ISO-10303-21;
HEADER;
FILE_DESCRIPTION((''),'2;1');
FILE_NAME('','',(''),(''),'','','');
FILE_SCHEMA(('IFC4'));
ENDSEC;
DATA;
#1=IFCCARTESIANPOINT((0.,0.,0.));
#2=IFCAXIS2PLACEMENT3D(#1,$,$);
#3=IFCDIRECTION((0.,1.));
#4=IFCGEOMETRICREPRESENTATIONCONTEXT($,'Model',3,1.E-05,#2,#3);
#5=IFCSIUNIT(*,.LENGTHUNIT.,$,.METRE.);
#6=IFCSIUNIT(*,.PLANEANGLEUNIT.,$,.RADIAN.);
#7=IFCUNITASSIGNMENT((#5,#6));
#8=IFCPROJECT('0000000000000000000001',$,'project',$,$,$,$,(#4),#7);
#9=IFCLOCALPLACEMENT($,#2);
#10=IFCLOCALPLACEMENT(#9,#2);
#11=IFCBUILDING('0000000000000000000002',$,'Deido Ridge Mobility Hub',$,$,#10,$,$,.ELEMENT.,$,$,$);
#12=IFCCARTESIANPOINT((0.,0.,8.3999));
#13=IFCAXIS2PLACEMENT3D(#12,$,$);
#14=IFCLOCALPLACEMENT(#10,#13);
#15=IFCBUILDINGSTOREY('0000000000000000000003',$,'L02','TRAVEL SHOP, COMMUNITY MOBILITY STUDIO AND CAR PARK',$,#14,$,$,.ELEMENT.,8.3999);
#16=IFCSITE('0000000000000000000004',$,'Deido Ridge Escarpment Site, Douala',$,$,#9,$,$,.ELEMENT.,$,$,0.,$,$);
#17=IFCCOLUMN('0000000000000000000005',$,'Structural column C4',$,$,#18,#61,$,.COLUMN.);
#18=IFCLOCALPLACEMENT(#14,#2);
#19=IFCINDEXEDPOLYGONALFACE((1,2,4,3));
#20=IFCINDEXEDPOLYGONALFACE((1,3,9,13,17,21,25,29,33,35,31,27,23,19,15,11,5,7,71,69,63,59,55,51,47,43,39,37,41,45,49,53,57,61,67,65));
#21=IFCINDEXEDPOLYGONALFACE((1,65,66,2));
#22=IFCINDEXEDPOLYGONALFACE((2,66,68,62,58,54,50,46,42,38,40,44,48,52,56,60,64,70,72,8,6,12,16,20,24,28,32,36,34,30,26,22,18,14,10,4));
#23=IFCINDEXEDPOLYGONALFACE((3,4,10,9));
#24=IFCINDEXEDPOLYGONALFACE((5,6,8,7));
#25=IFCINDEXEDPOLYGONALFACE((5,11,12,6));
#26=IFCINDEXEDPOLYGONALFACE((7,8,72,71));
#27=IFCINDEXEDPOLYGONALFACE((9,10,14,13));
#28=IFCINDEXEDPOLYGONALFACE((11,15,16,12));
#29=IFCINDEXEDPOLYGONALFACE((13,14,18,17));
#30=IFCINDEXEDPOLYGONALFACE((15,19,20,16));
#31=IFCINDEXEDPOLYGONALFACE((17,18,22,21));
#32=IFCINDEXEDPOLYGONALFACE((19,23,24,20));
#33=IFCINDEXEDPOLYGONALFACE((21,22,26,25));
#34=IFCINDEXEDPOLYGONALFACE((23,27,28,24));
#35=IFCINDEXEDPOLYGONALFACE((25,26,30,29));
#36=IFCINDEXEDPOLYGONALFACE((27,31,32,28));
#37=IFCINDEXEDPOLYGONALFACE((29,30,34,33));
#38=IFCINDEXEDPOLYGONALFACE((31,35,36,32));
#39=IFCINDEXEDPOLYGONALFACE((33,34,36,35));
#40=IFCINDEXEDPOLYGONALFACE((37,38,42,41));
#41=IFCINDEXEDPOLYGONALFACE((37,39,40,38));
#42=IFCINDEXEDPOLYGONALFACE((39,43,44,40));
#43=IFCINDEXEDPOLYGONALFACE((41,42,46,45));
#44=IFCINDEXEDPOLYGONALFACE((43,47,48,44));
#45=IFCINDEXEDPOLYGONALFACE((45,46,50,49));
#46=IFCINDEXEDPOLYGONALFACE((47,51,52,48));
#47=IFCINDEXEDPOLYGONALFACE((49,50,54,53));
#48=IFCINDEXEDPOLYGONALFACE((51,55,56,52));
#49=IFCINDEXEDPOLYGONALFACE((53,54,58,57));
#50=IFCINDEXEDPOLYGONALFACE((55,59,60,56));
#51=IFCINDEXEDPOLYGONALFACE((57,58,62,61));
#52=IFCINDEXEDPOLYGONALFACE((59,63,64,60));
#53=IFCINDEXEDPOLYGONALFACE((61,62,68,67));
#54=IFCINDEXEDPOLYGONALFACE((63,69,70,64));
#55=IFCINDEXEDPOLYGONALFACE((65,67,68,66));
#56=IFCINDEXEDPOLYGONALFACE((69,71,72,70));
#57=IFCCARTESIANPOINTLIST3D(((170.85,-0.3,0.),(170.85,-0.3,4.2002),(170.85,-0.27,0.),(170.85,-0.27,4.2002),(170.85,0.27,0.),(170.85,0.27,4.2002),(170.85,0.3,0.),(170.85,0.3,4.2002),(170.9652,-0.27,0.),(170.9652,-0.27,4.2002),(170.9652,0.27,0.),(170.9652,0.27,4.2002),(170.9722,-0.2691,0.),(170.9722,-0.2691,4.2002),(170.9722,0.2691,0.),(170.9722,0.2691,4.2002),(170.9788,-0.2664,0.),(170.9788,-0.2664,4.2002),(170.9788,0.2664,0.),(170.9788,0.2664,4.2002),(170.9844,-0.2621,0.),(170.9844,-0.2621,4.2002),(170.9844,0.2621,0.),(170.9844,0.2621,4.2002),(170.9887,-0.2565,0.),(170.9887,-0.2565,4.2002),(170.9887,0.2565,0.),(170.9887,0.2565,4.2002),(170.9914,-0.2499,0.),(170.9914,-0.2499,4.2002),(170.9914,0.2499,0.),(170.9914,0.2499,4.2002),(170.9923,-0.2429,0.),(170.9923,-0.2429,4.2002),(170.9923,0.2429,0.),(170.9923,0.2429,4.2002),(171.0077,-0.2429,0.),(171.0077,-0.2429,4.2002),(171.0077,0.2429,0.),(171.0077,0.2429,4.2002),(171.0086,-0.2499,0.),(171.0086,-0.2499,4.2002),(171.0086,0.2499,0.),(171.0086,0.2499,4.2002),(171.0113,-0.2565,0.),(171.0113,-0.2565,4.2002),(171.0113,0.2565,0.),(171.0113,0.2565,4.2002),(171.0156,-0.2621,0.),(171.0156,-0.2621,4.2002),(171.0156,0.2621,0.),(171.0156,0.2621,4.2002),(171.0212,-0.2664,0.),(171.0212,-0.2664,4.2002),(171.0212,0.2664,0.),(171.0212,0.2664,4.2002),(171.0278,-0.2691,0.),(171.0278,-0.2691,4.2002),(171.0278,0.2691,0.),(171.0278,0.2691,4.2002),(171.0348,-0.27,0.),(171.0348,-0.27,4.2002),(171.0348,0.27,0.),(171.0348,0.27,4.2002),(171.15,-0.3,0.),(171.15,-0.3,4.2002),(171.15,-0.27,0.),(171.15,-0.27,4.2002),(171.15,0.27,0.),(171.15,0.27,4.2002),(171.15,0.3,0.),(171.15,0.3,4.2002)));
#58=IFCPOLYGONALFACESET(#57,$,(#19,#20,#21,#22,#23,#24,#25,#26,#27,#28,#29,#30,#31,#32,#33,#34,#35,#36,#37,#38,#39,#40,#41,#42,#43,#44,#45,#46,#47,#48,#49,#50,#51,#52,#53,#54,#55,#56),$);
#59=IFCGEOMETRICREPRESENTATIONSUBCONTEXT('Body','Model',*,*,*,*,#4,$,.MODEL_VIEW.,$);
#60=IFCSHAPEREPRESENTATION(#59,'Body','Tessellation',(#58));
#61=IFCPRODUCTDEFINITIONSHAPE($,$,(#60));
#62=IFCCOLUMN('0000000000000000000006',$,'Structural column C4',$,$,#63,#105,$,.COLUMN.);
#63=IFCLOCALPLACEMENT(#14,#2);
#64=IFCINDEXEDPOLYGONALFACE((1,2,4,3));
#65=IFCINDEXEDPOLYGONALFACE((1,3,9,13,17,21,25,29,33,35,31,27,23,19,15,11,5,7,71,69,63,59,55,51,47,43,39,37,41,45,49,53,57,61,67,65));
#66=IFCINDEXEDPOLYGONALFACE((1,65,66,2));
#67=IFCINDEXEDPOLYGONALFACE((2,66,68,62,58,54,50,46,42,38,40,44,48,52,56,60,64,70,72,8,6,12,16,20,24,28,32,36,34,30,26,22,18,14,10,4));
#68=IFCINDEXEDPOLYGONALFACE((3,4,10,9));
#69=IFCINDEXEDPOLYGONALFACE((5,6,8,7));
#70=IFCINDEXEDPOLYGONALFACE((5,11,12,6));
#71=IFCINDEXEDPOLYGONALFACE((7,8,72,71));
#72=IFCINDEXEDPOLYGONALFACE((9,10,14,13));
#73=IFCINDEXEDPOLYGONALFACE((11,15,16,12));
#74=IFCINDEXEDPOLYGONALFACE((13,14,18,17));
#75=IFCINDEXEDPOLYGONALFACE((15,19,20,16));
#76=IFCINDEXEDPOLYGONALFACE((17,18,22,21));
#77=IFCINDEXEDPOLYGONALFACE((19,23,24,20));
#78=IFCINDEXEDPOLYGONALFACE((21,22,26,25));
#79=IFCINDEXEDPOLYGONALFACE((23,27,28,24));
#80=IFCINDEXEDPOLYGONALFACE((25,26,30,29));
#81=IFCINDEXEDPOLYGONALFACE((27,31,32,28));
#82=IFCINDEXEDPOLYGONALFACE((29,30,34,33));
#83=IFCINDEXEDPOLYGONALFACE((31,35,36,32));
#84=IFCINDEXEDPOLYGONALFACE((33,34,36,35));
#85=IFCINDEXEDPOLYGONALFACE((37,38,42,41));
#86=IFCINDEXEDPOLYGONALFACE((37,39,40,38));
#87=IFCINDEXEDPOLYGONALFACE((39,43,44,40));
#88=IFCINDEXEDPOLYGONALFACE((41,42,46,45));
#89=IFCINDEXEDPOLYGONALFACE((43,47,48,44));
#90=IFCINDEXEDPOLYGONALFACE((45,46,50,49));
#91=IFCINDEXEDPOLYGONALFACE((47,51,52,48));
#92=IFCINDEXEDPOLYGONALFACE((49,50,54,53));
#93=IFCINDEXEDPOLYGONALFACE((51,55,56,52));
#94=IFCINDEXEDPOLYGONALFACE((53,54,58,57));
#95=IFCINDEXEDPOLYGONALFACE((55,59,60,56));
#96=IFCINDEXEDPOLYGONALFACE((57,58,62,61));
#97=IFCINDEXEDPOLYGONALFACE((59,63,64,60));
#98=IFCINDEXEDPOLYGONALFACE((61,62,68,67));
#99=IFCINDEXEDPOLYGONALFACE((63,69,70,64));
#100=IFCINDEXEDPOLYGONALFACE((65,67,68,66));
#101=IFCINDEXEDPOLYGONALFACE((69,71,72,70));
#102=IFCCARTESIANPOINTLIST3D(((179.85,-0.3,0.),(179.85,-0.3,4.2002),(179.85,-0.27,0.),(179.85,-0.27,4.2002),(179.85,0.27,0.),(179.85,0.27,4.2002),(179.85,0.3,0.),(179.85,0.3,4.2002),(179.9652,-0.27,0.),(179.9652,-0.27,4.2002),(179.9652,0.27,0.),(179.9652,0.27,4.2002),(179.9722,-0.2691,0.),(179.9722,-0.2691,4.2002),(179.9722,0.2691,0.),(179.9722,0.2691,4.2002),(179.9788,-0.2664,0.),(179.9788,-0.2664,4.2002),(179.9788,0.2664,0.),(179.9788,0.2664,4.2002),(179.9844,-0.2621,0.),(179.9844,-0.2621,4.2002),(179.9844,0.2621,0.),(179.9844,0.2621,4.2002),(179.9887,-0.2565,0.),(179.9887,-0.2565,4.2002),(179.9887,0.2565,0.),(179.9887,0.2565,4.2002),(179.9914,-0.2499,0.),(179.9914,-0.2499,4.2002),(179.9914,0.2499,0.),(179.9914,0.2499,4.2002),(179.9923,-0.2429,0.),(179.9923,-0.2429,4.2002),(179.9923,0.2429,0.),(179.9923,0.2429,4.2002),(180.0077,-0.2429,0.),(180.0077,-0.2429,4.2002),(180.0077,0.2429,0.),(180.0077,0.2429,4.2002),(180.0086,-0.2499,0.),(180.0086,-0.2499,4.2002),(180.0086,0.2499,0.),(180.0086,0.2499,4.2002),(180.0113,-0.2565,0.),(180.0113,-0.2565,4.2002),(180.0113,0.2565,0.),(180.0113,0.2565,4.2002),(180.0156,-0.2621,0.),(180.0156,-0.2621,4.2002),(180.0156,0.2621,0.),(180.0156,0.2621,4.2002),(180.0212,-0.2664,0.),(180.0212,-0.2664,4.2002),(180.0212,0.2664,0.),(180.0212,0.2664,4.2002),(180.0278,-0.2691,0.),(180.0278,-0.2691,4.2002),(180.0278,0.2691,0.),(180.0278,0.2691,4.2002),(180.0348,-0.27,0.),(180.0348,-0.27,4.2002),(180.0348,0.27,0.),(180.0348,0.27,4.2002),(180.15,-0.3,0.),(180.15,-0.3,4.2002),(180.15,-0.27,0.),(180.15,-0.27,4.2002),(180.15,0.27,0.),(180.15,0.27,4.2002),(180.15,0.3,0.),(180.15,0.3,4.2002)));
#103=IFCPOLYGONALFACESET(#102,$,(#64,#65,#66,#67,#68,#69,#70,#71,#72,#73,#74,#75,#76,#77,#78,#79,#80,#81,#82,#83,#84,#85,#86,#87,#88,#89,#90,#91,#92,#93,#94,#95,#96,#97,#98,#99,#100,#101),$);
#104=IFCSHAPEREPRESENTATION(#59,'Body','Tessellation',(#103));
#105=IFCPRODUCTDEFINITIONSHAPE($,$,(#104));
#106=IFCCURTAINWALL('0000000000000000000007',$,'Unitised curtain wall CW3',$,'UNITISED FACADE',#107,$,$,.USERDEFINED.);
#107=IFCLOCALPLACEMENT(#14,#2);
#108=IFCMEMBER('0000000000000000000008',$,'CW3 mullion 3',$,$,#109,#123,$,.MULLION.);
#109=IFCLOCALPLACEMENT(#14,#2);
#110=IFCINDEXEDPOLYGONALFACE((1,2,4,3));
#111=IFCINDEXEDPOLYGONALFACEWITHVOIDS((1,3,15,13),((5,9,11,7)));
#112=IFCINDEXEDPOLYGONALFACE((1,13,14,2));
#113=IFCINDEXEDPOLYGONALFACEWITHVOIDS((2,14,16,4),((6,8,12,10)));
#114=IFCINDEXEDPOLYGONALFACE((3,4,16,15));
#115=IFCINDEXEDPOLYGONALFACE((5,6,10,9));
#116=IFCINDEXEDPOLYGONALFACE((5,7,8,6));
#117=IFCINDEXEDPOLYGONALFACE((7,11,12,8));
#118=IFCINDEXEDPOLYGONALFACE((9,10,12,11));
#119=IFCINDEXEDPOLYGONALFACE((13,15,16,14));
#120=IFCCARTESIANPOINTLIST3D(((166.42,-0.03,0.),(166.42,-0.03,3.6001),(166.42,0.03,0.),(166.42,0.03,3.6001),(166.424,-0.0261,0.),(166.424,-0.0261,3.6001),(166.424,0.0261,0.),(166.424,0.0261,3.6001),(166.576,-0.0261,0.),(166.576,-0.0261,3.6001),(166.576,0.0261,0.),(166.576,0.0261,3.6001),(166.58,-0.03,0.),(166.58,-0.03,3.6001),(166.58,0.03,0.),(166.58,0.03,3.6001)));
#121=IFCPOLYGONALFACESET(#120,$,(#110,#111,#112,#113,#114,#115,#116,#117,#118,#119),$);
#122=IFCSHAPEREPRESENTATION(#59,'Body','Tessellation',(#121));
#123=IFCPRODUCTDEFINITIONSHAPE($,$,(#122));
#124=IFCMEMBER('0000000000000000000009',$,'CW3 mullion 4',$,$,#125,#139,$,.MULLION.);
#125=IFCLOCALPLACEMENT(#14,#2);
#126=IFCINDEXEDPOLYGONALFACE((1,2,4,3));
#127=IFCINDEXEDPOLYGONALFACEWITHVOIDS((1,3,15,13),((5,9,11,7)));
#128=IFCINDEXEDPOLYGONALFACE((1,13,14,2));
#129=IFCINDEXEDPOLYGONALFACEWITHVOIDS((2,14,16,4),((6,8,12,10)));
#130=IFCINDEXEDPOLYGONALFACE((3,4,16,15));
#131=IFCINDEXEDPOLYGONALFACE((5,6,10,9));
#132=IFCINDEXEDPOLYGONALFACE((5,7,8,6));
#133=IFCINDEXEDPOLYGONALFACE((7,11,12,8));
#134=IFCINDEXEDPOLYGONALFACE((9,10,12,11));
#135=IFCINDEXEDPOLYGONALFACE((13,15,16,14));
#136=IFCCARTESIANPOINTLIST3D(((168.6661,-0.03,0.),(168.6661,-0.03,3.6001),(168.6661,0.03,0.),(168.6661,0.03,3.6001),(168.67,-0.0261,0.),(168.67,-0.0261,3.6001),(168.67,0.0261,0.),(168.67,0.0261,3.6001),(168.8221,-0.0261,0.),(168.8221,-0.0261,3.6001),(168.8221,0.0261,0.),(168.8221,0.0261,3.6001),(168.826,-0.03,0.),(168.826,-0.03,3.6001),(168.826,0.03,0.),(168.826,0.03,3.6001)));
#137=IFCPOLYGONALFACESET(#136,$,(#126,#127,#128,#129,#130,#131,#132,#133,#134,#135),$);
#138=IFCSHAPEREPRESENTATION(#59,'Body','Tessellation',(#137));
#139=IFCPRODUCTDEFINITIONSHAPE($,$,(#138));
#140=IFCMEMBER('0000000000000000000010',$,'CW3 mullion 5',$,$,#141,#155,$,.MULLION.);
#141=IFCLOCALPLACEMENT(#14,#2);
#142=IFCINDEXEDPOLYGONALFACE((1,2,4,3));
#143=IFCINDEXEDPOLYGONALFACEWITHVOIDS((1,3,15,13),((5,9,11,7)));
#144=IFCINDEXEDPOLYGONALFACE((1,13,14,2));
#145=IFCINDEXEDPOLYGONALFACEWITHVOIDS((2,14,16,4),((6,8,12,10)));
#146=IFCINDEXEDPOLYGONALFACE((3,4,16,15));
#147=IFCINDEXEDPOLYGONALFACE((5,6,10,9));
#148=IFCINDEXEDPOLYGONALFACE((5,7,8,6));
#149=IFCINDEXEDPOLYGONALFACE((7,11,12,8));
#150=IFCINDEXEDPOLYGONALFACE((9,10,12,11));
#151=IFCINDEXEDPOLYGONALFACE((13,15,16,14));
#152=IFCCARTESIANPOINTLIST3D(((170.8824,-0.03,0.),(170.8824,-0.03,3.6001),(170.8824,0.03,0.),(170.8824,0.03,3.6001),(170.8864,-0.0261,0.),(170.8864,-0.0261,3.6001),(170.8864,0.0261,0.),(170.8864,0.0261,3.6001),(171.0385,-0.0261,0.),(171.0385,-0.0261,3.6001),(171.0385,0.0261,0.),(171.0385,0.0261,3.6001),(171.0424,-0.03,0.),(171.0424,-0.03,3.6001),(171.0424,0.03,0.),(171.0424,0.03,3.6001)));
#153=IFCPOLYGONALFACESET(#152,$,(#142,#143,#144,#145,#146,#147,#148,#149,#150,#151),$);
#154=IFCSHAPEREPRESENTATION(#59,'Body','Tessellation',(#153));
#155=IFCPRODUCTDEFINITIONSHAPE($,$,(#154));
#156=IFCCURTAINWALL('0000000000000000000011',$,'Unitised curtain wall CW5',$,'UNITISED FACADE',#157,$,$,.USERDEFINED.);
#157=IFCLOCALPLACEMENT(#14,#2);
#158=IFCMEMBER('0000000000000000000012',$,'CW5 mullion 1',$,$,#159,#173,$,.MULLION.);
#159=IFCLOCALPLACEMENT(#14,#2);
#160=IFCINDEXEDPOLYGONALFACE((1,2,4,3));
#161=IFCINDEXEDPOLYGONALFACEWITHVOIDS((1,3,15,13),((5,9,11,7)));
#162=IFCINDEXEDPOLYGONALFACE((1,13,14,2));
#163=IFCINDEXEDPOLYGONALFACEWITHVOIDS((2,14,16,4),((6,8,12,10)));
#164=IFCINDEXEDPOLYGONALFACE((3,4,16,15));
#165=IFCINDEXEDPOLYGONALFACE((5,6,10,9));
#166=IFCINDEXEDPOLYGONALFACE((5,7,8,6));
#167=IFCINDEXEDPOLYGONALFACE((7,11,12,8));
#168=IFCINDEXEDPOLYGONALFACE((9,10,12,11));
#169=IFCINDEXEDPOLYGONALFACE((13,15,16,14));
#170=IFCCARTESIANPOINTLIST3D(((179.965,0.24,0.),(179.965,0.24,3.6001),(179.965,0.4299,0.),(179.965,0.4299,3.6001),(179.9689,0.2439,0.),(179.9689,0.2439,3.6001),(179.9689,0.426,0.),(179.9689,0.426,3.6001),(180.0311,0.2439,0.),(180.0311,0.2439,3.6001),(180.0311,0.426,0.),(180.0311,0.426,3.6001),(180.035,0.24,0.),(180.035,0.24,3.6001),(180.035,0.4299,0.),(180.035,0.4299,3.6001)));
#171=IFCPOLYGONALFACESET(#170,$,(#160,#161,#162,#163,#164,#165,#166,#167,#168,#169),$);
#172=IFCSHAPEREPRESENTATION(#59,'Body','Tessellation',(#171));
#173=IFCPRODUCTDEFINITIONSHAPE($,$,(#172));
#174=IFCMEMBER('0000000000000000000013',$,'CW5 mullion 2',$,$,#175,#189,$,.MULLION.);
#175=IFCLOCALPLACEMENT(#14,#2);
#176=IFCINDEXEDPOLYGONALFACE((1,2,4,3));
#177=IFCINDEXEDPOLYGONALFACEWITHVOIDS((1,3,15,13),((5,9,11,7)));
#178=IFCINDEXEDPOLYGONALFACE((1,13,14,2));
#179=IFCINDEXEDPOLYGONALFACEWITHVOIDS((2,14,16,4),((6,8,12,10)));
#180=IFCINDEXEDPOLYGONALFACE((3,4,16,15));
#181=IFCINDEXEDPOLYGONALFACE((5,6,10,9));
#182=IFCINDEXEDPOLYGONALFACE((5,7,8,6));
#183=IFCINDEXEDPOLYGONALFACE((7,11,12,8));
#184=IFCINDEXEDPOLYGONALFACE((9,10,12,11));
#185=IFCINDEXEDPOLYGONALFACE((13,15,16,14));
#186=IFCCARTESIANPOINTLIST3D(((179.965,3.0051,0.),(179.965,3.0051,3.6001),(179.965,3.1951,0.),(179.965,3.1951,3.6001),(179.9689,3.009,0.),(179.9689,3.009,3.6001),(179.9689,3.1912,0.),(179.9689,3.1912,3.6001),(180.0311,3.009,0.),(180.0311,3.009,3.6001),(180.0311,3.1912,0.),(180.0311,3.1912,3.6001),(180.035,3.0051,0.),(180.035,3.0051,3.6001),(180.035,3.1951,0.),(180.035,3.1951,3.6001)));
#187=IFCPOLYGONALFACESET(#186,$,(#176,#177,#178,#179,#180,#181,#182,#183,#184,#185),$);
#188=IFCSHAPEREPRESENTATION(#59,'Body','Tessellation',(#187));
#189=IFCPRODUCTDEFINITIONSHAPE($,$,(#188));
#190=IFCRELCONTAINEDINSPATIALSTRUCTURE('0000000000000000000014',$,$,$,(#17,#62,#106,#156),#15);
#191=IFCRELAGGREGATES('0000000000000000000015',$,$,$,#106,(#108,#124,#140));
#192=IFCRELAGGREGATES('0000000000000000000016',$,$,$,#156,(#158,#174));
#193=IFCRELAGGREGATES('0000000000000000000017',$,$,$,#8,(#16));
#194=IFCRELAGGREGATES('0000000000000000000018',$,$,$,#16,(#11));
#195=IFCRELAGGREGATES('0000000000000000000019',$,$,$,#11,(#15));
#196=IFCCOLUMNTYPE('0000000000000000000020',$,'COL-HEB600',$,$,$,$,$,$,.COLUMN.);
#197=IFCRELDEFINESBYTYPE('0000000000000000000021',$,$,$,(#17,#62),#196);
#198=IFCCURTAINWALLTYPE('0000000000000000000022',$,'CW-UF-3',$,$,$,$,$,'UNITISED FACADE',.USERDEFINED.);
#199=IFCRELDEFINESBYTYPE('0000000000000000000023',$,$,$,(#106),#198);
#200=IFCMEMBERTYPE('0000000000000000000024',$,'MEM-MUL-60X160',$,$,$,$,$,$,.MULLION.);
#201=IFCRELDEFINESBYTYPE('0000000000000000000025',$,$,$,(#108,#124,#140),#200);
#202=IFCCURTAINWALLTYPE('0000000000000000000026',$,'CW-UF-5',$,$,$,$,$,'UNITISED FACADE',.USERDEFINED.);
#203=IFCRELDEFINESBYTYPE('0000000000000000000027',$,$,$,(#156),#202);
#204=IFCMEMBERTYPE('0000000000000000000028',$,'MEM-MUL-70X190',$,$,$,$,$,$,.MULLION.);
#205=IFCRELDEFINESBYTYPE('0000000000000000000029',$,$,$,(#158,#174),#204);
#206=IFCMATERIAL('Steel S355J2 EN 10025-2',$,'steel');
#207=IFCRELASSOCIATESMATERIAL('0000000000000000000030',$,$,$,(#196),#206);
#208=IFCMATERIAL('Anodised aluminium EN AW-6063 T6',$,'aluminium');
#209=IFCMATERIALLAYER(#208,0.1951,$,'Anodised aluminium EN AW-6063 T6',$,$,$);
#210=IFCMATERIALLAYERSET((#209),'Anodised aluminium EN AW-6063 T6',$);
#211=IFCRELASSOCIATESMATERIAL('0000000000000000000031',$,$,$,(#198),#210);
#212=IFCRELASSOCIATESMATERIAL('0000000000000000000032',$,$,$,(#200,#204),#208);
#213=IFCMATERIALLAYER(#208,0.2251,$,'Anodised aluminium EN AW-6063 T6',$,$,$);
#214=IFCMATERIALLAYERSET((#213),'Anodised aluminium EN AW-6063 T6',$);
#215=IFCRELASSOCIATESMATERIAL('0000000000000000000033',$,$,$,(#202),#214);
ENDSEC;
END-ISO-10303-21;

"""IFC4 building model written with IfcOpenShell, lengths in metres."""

from ifc_helpers import new_model, si_unit, direction, frame, origin, origin_2d, place, context, subcontext, project, spatial, hollow_rectangle, i_section, extrude, material, layer, layer_set, material_profile, profile_set, type_object, element, aggregate, save


model = new_model("IFC4")

# Units and contexts
model_context = context("Model", 3, precision=1e-05, world=origin(), true_north=direction((0.0, 1.0)))
body_context = subcontext(model_context, "Body", "Model", "MODEL_VIEW")
ifc_project = project(units=[si_unit("LENGTHUNIT", "METRE"), si_unit("PLANEANGLEUNIT", "RADIAN")], contexts=[model_context])

# Site, building, storey
site_placement = place(None, origin())
site = spatial("IfcSite", under=ifc_project, at=site_placement, Name="Deido Ridge Escarpment Site, Douala", CompositionType="ELEMENT", RefElevation=0.0)
building_placement = place(site_placement, origin())
building = spatial("IfcBuilding", under=site, at=building_placement, Name="Deido Ridge Mobility Hub", CompositionType="ELEMENT")
storey_placement = place(building_placement, frame((0.0, 0.0, 8.3999)))
storey = spatial("IfcBuildingStorey", under=building, at=storey_placement, Name="L02", Description="TRAVEL SHOP, COMMUNITY MOBILITY STUDIO AND CAR PARK", CompositionType="ELEMENT", Elevation=8.3999)

# Columns
ifc_material_1 = material(Name="Steel S355J2 EN 10025-2", Category="steel")
ifc_material_profile_1 = material_profile(ifc_material_1, i_section(OverallWidth=0.3, OverallDepth=0.6001, WebThickness=0.0154, FlangeThickness=0.03, FilletRadius=0.0271, at=origin_2d()), Name="HEB 600")
ifc_profile_set_1 = profile_set([ifc_material_profile_1], Name="Steel S355J2 EN 10025-2")
column_type = type_object("IfcColumnType", Name="COL-HEB600", PredefinedType="COLUMN", material=ifc_profile_set_1)
for number, where, z_axis, x_axis, name in (
    (1, (171.0, 0.0, 0.0), (0.0, 0.0, 1.0), (1.0, 0.0, 0.0), "Structural column C4"),
    (2, (180.0, 0.0, 0.0), (0.0, 0.0, 1.0), (1.0, 0.0, 0.0), "Structural column C4"),
):
    element("IfcColumn", number, at=place(storey_placement, frame(where, z_axis=z_axis, x_axis=x_axis)), inside=storey, type_object=column_type, Name=name, PredefinedType="COLUMN", context=body_context, shape_type="SweptSolid", body=[
        extrude(i_section(OverallWidth=0.3, OverallDepth=0.6001, WebThickness=0.0154, FlangeThickness=0.03, FilletRadius=0.0271, at=origin_2d()), origin(), (0.0, 0.0, 1.0), 4.2002),
    ])

# Curtain walls, members
ifc_material_2 = material(Name="Anodised aluminium EN AW-6063 T6", Category="aluminium")
ifc_layer_1 = layer(ifc_material_2, 0.1951, Name="Anodised aluminium EN AW-6063 T6")
ifc_layer_set_1 = layer_set([ifc_layer_1], Name="Anodised aluminium EN AW-6063 T6")
curtain_wall_type_1 = type_object("IfcCurtainWallType", Name="CW-UF-3", ElementType="UNITISED FACADE", PredefinedType="USERDEFINED", material=ifc_layer_set_1)
curtain_wall_1_placement = place(storey_placement, origin())
curtain_wall_1 = element("IfcCurtainWall", 3, at=curtain_wall_1_placement, inside=storey, type_object=curtain_wall_type_1, Name="Unitised curtain wall CW3", ObjectType="UNITISED FACADE", PredefinedType="USERDEFINED")
ifc_material_profile_2 = material_profile(ifc_material_2, hollow_rectangle(XDim=0.0601, YDim=0.1599, WallThickness=0.0039, at=origin_2d()), Name="RHS 60x160x4")
ifc_profile_set_2 = profile_set([ifc_material_profile_2], Name="Anodised aluminium EN AW-6063 T6")
member_type_1 = type_object("IfcMemberType", Name="MEM-MUL-60X160", PredefinedType="MULLION", material=ifc_profile_set_2)
member_1_placement = place(storey_placement, frame((166.5, 0.0, 0.0), z_axis=(0.0, 0.0, 1.0), x_axis=(0.0, 1.0, 0.0)))
member_1 = element("IfcMember", 4, at=member_1_placement, type_object=member_type_1, Name="CW3 mullion 3", PredefinedType="MULLION", context=body_context, shape_type="SweptSolid", body=[
    extrude(hollow_rectangle(XDim=0.0601, YDim=0.1599, WallThickness=0.0039, at=origin_2d()), origin(), (0.0, 0.0, 1.0), 3.6001),
])
member_2_placement = place(storey_placement, frame((168.7461, 0.0, 0.0), z_axis=(0.0, 0.0, 1.0), x_axis=(0.0, 1.0, 0.0)))
member_2 = element("IfcMember", 5, at=member_2_placement, type_object=member_type_1, Name="CW3 mullion 4", PredefinedType="MULLION", context=body_context, shape_type="SweptSolid", body=[
    extrude(hollow_rectangle(XDim=0.0601, YDim=0.1599, WallThickness=0.0039, at=origin_2d()), origin(), (0.0, 0.0, 1.0), 3.6001),
])
member_3_placement = place(storey_placement, frame((170.9624, 0.0, 0.0), z_axis=(0.0, 0.0, 1.0), x_axis=(0.0, 1.0, 0.0)))
member_3 = element("IfcMember", 6, at=member_3_placement, type_object=member_type_1, Name="CW3 mullion 5", PredefinedType="MULLION", context=body_context, shape_type="SweptSolid", body=[
    extrude(hollow_rectangle(XDim=0.0601, YDim=0.1599, WallThickness=0.0039, at=origin_2d()), origin(), (0.0, 0.0, 1.0), 3.6001),
])
ifc_layer_2 = layer(ifc_material_2, 0.2251, Name="Anodised aluminium EN AW-6063 T6")
ifc_layer_set_2 = layer_set([ifc_layer_2], Name="Anodised aluminium EN AW-6063 T6")
curtain_wall_type_2 = type_object("IfcCurtainWallType", Name="CW-UF-5", ElementType="UNITISED FACADE", PredefinedType="USERDEFINED", material=ifc_layer_set_2)
curtain_wall_2_placement = place(storey_placement, origin())
curtain_wall_2 = element("IfcCurtainWall", 7, at=curtain_wall_2_placement, inside=storey, type_object=curtain_wall_type_2, Name="Unitised curtain wall CW5", ObjectType="UNITISED FACADE", PredefinedType="USERDEFINED")
ifc_material_profile_3 = material_profile(ifc_material_2, hollow_rectangle(XDim=0.0701, YDim=0.1899, WallThickness=0.0039, at=origin_2d()), Name="RHS 70x190x4")
ifc_profile_set_3 = profile_set([ifc_material_profile_3], Name="Anodised aluminium EN AW-6063 T6")
member_type_2 = type_object("IfcMemberType", Name="MEM-MUL-70X190", PredefinedType="MULLION", material=ifc_profile_set_3)
member_4_placement = place(storey_placement, frame((180.0, 0.335, 0.0), z_axis=(0.0, 0.0, 1.0), x_axis=(-1.0, 0.0, 0.0)))
member_4 = element("IfcMember", 8, at=member_4_placement, type_object=member_type_2, Name="CW5 mullion 1", PredefinedType="MULLION", context=body_context, shape_type="SweptSolid", body=[
    extrude(hollow_rectangle(XDim=0.0701, YDim=0.1899, WallThickness=0.0039, at=origin_2d()), origin(), (0.0, 0.0, 1.0), 3.6001),
])
member_5_placement = place(storey_placement, frame((180.0, 3.1001, 0.0), z_axis=(0.0, 0.0, 1.0), x_axis=(-1.0, 0.0, 0.0)))
member_5 = element("IfcMember", 9, at=member_5_placement, type_object=member_type_2, Name="CW5 mullion 2", PredefinedType="MULLION", context=body_context, shape_type="SweptSolid", body=[
    extrude(hollow_rectangle(XDim=0.0701, YDim=0.1899, WallThickness=0.0039, at=origin_2d()), origin(), (0.0, 0.0, 1.0), 3.6001),
])

aggregate(curtain_wall_1, [member_1, member_2, member_3])
aggregate(curtain_wall_2, [member_4, member_5])

save(model, "model.ifc")
